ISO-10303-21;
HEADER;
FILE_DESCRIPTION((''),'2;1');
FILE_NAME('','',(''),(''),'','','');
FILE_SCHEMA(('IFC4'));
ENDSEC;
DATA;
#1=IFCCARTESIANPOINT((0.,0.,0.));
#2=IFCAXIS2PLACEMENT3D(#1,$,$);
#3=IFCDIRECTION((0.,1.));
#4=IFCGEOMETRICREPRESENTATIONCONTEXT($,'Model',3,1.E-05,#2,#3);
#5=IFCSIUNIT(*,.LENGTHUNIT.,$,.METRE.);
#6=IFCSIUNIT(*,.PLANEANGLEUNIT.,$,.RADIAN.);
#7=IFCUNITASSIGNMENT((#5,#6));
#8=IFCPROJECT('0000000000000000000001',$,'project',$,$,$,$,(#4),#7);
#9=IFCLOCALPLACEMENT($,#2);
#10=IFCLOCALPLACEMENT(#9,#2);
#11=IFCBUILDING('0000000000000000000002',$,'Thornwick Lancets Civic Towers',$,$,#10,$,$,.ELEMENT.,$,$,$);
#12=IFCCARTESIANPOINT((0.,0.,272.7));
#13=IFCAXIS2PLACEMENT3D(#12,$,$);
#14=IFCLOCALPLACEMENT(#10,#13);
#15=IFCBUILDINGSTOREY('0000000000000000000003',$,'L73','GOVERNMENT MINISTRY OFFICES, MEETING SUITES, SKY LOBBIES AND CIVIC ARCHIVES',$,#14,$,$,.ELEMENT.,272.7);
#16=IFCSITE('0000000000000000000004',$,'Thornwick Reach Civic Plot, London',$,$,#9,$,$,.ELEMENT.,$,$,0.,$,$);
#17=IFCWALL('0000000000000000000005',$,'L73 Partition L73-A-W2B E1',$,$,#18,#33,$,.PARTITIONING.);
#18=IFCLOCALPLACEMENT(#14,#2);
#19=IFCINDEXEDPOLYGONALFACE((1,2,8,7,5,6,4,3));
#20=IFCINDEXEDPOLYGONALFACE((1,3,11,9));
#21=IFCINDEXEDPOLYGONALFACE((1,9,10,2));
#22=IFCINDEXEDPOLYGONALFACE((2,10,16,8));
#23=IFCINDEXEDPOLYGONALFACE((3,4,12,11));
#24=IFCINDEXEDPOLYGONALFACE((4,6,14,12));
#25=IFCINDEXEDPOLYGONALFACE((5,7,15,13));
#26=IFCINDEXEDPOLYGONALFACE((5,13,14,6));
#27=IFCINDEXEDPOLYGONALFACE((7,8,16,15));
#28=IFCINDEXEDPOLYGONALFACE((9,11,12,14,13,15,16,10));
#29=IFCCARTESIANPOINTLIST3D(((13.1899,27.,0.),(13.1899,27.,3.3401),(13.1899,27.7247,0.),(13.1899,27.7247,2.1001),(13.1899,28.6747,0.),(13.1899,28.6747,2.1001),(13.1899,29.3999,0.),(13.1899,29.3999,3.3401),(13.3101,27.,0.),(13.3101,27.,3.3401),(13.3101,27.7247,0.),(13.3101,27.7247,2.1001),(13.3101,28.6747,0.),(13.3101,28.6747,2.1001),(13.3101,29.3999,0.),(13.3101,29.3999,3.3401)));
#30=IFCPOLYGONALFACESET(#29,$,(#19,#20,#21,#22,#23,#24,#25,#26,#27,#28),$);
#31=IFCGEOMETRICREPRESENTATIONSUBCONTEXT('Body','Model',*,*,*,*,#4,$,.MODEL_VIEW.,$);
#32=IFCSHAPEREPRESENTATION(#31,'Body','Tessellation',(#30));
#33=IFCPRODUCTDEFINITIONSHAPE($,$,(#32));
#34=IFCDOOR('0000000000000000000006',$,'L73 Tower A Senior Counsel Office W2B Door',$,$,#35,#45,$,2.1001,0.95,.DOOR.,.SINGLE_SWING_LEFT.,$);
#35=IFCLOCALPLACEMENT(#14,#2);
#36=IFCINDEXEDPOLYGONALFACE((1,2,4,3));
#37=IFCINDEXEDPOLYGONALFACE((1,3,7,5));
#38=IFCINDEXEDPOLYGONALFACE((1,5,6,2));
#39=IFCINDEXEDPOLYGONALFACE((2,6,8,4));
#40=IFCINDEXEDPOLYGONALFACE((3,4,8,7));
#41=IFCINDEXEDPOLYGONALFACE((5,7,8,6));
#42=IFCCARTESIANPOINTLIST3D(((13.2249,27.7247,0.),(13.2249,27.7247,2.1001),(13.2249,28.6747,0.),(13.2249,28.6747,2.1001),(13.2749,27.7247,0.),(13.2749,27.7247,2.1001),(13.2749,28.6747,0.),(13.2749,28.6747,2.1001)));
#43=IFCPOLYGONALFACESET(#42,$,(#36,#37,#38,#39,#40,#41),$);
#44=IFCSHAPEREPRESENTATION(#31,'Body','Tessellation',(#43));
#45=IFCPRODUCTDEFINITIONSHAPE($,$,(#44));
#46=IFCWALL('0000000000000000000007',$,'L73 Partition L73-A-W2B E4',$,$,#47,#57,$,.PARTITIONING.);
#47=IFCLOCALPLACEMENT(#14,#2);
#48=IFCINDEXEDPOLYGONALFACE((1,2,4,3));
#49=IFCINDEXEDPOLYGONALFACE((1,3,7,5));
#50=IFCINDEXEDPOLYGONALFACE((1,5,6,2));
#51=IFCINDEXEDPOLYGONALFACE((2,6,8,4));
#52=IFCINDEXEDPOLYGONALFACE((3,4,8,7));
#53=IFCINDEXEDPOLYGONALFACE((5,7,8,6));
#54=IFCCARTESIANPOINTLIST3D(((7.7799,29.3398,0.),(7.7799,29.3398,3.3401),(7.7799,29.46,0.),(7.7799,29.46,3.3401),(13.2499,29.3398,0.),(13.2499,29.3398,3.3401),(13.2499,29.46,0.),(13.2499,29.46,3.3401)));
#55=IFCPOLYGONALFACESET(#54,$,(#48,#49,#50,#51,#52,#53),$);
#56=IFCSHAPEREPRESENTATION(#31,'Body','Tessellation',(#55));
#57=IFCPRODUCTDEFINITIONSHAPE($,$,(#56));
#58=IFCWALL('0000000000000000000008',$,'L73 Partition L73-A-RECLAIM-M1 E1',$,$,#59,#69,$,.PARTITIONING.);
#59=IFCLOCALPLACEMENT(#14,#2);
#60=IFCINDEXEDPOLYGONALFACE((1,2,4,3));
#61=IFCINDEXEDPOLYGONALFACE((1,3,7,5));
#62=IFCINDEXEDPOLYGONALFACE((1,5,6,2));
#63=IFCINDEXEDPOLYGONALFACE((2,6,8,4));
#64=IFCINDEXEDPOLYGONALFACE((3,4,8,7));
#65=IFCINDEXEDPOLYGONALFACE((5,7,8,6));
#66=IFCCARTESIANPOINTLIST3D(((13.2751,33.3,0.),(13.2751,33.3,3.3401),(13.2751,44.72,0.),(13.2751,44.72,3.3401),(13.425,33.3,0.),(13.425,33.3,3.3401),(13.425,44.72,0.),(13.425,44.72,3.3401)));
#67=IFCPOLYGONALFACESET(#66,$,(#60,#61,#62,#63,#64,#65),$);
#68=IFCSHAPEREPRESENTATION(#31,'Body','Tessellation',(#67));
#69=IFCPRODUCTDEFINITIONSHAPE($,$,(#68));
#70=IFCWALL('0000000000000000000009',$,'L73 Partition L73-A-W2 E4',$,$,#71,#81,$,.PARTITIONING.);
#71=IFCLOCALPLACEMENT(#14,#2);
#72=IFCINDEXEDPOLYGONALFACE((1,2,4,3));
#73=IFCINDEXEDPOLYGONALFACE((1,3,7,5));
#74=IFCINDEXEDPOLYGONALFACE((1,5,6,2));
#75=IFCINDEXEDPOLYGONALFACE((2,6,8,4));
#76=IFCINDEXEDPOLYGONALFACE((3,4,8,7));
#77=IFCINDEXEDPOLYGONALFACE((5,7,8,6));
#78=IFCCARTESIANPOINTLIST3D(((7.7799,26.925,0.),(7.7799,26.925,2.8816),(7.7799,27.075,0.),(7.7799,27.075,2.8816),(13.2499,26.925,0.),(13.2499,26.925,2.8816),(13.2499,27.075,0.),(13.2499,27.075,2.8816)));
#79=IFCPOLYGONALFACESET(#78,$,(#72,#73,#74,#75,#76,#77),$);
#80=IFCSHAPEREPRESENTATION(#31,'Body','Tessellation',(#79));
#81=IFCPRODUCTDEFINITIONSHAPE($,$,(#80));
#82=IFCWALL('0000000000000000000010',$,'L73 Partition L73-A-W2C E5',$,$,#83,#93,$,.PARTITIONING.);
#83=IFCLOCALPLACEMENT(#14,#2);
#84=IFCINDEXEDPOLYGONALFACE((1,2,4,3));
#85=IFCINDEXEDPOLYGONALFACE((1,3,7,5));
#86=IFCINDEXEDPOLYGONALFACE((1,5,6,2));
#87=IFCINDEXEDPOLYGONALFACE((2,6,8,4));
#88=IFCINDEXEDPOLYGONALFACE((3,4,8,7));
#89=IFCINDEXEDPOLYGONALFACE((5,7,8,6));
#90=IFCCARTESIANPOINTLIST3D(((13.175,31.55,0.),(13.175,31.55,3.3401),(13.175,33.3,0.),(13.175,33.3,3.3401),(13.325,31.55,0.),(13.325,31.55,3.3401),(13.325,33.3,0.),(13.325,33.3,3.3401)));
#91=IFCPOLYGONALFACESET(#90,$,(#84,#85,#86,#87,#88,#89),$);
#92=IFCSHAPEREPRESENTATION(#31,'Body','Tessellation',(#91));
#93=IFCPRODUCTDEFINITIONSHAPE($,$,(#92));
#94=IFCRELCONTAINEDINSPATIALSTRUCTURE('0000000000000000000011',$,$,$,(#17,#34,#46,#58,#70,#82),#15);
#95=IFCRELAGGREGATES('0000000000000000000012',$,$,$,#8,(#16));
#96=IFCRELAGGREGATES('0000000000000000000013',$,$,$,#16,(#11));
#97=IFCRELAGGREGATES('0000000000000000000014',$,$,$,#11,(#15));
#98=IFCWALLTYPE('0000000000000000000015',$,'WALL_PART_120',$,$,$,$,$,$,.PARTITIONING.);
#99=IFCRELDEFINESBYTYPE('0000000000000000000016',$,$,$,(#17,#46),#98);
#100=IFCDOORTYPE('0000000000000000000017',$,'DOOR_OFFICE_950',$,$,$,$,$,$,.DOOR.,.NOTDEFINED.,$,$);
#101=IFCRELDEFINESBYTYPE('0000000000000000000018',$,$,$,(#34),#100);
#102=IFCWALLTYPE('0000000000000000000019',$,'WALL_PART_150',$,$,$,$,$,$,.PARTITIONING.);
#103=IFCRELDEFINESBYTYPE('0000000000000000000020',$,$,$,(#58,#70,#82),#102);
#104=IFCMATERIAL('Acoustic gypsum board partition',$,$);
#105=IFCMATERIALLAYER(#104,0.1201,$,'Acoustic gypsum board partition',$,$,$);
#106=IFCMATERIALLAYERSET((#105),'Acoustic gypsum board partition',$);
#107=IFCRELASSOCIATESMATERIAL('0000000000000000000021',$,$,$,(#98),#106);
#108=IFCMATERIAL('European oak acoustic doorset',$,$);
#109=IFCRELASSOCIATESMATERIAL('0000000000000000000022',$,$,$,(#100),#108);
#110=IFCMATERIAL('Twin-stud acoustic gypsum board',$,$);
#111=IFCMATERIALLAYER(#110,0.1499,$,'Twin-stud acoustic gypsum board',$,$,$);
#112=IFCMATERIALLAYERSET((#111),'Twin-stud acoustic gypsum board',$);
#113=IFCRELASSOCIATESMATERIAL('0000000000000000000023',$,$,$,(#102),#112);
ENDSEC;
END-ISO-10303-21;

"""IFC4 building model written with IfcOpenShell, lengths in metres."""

from ifc_helpers import new_model, si_unit, direction, frame, frame_2d, origin, place, context, subcontext, project, spatial, rectangle, extrude, material, layer, layer_set, type_object, element, fill, save


model = new_model("IFC4")

# Units and contexts
model_context = context("Model", 3, precision=1e-05, world=origin(), true_north=direction((0.0, 1.0)))
body_context = subcontext(model_context, "Body", "Model", "MODEL_VIEW")
ifc_project = project(units=[si_unit("LENGTHUNIT", "METRE"), si_unit("PLANEANGLEUNIT", "RADIAN")], contexts=[model_context])

# Site, building, storey
site_placement = place(None, origin())
site = spatial("IfcSite", under=ifc_project, at=site_placement, Name="Thornwick Reach Civic Plot, London", CompositionType="ELEMENT", RefElevation=0.0)
building_placement = place(site_placement, origin())
building = spatial("IfcBuilding", under=site, at=building_placement, Name="Thornwick Lancets Civic Towers", CompositionType="ELEMENT")
storey_placement = place(building_placement, frame((0.0, 0.0, 272.7)))
storey = spatial("IfcBuildingStorey", under=building, at=storey_placement, Name="L73", Description="GOVERNMENT MINISTRY OFFICES, MEETING SUITES, SKY LOBBIES AND CIVIC ARCHIVES", CompositionType="ELEMENT", Elevation=272.7)

# Shared definitions
ifc_material_1 = material(Name="Acoustic gypsum board partition")
ifc_layer_1 = layer(ifc_material_1, 0.1201, Name="Acoustic gypsum board partition")
ifc_layer_set_1 = layer_set([ifc_layer_1], Name="Acoustic gypsum board partition")
wall_type_1 = type_object("IfcWallType", Name="WALL_PART_120", PredefinedType="PARTITIONING", material=ifc_layer_set_1)

# Wall, opening, door
wall_1_placement = place(storey_placement, frame((13.25, 29.3999, 0.0), z_axis=(0.0, 0.0, 1.0), x_axis=(0.0, -1.0, 0.0)))
wall_1 = element("IfcWall", 1, at=wall_1_placement, inside=storey, type_object=wall_type_1, Name="L73 Partition L73-A-W2B E1", PredefinedType="PARTITIONING", context=body_context, shape_type="SweptSolid", body=[
    extrude(rectangle(XDim=2.3999, YDim=0.1201, at=frame_2d((1.2, 0.0))), origin(), (0.0, 0.0, 1.0), 3.3401),
])
opening_1_placement = place(wall_1_placement, frame((0.7251, 0.0, 0.0)))
opening_1 = element("IfcOpeningElement", 2, at=opening_1_placement, cuts=wall_1, PredefinedType="OPENING", context=body_context, shape_type="SweptSolid", body=[
    extrude(rectangle(XDim=0.95, YDim=2.1001, at=frame_2d((0.4751, 1.05))), frame((0.0, 0.0701, 0.0), z_axis=(0.0, -1.0, 0.0), x_axis=(1.0, 0.0, 0.0)), (0.0, 0.0, 1.0), 0.1401),
])
ifc_material_2 = material(Name="European oak acoustic doorset")
door_type_1 = type_object("IfcDoorType", Name="DOOR_OFFICE_950", OperationType="NOTDEFINED", PredefinedType="DOOR", material=ifc_material_2)
door_1_placement = place(opening_1_placement, origin())
door_1 = element("IfcDoor", 3, at=door_1_placement, inside=storey, type_object=door_type_1, Name="L73 Tower A Senior Counsel Office W2B Door", OperationType="SINGLE_SWING_LEFT", OverallHeight=2.1001, OverallWidth=0.95, PredefinedType="DOOR", context=body_context, shape_type="SweptSolid", body=[
    extrude(rectangle(XDim=0.95, YDim=2.1001, at=frame_2d((0.4751, 1.05))), frame((0.0, 0.0249, 0.0), z_axis=(0.0, -1.0, 0.0), x_axis=(1.0, 0.0, 0.0)), (0.0, 0.0, 1.0), 0.05),
])
fill(opening_1, door_1)

# Walls
wall_2_placement = place(storey_placement, frame((7.78, 29.3999, 0.0), z_axis=(0.0, 0.0, 1.0), x_axis=(1.0, 0.0, 0.0)))
element("IfcWall", 4, at=wall_2_placement, inside=storey, type_object=wall_type_1, Name="L73 Partition L73-A-W2B E4", PredefinedType="PARTITIONING", context=body_context, shape_type="SweptSolid", body=[
    extrude(rectangle(XDim=5.47, YDim=0.1201, at=frame_2d((2.7349, 0.0))), origin(), (0.0, 0.0, 1.0), 3.3401),
])
ifc_material_3 = material(Name="Twin-stud acoustic gypsum board")
ifc_layer_2 = layer(ifc_material_3, 0.1499, Name="Twin-stud acoustic gypsum board")
ifc_layer_set_2 = layer_set([ifc_layer_2], Name="Twin-stud acoustic gypsum board")
wall_type_2 = type_object("IfcWallType", Name="WALL_PART_150", PredefinedType="PARTITIONING", material=ifc_layer_set_2)
wall_3_placement = place(storey_placement, frame((13.3501, 33.3, 0.0), z_axis=(0.0, 0.0, 1.0), x_axis=(0.0, 1.0, 0.0)))
element("IfcWall", 5, at=wall_3_placement, inside=storey, type_object=wall_type_2, Name="L73 Partition L73-A-RECLAIM-M1 E1", PredefinedType="PARTITIONING", context=body_context, shape_type="SweptSolid", body=[
    extrude(rectangle(XDim=11.4199, YDim=0.1499, at=frame_2d((5.71, 0.0))), origin(), (0.0, 0.0, 1.0), 3.3401),
])

# Walls
wall_4_placement = place(storey_placement, frame((7.78, 27.0, 0.0), z_axis=(0.0, 0.0, 1.0), x_axis=(1.0, 0.0, 0.0)))
element("IfcWall", 6, at=wall_4_placement, inside=storey, type_object=wall_type_2, Name="L73 Partition L73-A-W2 E4", PredefinedType="PARTITIONING", context=body_context, shape_type="SweptSolid", body=[
    extrude(rectangle(XDim=5.47, YDim=0.1499, at=frame_2d((2.7349, 0.0))), origin(), (0.0, 0.0, 1.0), 2.8816),
])
wall_5_placement = place(storey_placement, frame((13.25, 33.3, 0.0), z_axis=(0.0, 0.0, 1.0), x_axis=(0.0, -1.0, 0.0)))
element("IfcWall", 7, at=wall_5_placement, inside=storey, type_object=wall_type_2, Name="L73 Partition L73-A-W2C E5", PredefinedType="PARTITIONING", context=body_context, shape_type="SweptSolid", body=[
    extrude(rectangle(XDim=1.75, YDim=0.1499, at=frame_2d((0.875, 0.0))), origin(), (0.0, 0.0, 1.0), 3.3401),
])

save(model, "model.ifc")
